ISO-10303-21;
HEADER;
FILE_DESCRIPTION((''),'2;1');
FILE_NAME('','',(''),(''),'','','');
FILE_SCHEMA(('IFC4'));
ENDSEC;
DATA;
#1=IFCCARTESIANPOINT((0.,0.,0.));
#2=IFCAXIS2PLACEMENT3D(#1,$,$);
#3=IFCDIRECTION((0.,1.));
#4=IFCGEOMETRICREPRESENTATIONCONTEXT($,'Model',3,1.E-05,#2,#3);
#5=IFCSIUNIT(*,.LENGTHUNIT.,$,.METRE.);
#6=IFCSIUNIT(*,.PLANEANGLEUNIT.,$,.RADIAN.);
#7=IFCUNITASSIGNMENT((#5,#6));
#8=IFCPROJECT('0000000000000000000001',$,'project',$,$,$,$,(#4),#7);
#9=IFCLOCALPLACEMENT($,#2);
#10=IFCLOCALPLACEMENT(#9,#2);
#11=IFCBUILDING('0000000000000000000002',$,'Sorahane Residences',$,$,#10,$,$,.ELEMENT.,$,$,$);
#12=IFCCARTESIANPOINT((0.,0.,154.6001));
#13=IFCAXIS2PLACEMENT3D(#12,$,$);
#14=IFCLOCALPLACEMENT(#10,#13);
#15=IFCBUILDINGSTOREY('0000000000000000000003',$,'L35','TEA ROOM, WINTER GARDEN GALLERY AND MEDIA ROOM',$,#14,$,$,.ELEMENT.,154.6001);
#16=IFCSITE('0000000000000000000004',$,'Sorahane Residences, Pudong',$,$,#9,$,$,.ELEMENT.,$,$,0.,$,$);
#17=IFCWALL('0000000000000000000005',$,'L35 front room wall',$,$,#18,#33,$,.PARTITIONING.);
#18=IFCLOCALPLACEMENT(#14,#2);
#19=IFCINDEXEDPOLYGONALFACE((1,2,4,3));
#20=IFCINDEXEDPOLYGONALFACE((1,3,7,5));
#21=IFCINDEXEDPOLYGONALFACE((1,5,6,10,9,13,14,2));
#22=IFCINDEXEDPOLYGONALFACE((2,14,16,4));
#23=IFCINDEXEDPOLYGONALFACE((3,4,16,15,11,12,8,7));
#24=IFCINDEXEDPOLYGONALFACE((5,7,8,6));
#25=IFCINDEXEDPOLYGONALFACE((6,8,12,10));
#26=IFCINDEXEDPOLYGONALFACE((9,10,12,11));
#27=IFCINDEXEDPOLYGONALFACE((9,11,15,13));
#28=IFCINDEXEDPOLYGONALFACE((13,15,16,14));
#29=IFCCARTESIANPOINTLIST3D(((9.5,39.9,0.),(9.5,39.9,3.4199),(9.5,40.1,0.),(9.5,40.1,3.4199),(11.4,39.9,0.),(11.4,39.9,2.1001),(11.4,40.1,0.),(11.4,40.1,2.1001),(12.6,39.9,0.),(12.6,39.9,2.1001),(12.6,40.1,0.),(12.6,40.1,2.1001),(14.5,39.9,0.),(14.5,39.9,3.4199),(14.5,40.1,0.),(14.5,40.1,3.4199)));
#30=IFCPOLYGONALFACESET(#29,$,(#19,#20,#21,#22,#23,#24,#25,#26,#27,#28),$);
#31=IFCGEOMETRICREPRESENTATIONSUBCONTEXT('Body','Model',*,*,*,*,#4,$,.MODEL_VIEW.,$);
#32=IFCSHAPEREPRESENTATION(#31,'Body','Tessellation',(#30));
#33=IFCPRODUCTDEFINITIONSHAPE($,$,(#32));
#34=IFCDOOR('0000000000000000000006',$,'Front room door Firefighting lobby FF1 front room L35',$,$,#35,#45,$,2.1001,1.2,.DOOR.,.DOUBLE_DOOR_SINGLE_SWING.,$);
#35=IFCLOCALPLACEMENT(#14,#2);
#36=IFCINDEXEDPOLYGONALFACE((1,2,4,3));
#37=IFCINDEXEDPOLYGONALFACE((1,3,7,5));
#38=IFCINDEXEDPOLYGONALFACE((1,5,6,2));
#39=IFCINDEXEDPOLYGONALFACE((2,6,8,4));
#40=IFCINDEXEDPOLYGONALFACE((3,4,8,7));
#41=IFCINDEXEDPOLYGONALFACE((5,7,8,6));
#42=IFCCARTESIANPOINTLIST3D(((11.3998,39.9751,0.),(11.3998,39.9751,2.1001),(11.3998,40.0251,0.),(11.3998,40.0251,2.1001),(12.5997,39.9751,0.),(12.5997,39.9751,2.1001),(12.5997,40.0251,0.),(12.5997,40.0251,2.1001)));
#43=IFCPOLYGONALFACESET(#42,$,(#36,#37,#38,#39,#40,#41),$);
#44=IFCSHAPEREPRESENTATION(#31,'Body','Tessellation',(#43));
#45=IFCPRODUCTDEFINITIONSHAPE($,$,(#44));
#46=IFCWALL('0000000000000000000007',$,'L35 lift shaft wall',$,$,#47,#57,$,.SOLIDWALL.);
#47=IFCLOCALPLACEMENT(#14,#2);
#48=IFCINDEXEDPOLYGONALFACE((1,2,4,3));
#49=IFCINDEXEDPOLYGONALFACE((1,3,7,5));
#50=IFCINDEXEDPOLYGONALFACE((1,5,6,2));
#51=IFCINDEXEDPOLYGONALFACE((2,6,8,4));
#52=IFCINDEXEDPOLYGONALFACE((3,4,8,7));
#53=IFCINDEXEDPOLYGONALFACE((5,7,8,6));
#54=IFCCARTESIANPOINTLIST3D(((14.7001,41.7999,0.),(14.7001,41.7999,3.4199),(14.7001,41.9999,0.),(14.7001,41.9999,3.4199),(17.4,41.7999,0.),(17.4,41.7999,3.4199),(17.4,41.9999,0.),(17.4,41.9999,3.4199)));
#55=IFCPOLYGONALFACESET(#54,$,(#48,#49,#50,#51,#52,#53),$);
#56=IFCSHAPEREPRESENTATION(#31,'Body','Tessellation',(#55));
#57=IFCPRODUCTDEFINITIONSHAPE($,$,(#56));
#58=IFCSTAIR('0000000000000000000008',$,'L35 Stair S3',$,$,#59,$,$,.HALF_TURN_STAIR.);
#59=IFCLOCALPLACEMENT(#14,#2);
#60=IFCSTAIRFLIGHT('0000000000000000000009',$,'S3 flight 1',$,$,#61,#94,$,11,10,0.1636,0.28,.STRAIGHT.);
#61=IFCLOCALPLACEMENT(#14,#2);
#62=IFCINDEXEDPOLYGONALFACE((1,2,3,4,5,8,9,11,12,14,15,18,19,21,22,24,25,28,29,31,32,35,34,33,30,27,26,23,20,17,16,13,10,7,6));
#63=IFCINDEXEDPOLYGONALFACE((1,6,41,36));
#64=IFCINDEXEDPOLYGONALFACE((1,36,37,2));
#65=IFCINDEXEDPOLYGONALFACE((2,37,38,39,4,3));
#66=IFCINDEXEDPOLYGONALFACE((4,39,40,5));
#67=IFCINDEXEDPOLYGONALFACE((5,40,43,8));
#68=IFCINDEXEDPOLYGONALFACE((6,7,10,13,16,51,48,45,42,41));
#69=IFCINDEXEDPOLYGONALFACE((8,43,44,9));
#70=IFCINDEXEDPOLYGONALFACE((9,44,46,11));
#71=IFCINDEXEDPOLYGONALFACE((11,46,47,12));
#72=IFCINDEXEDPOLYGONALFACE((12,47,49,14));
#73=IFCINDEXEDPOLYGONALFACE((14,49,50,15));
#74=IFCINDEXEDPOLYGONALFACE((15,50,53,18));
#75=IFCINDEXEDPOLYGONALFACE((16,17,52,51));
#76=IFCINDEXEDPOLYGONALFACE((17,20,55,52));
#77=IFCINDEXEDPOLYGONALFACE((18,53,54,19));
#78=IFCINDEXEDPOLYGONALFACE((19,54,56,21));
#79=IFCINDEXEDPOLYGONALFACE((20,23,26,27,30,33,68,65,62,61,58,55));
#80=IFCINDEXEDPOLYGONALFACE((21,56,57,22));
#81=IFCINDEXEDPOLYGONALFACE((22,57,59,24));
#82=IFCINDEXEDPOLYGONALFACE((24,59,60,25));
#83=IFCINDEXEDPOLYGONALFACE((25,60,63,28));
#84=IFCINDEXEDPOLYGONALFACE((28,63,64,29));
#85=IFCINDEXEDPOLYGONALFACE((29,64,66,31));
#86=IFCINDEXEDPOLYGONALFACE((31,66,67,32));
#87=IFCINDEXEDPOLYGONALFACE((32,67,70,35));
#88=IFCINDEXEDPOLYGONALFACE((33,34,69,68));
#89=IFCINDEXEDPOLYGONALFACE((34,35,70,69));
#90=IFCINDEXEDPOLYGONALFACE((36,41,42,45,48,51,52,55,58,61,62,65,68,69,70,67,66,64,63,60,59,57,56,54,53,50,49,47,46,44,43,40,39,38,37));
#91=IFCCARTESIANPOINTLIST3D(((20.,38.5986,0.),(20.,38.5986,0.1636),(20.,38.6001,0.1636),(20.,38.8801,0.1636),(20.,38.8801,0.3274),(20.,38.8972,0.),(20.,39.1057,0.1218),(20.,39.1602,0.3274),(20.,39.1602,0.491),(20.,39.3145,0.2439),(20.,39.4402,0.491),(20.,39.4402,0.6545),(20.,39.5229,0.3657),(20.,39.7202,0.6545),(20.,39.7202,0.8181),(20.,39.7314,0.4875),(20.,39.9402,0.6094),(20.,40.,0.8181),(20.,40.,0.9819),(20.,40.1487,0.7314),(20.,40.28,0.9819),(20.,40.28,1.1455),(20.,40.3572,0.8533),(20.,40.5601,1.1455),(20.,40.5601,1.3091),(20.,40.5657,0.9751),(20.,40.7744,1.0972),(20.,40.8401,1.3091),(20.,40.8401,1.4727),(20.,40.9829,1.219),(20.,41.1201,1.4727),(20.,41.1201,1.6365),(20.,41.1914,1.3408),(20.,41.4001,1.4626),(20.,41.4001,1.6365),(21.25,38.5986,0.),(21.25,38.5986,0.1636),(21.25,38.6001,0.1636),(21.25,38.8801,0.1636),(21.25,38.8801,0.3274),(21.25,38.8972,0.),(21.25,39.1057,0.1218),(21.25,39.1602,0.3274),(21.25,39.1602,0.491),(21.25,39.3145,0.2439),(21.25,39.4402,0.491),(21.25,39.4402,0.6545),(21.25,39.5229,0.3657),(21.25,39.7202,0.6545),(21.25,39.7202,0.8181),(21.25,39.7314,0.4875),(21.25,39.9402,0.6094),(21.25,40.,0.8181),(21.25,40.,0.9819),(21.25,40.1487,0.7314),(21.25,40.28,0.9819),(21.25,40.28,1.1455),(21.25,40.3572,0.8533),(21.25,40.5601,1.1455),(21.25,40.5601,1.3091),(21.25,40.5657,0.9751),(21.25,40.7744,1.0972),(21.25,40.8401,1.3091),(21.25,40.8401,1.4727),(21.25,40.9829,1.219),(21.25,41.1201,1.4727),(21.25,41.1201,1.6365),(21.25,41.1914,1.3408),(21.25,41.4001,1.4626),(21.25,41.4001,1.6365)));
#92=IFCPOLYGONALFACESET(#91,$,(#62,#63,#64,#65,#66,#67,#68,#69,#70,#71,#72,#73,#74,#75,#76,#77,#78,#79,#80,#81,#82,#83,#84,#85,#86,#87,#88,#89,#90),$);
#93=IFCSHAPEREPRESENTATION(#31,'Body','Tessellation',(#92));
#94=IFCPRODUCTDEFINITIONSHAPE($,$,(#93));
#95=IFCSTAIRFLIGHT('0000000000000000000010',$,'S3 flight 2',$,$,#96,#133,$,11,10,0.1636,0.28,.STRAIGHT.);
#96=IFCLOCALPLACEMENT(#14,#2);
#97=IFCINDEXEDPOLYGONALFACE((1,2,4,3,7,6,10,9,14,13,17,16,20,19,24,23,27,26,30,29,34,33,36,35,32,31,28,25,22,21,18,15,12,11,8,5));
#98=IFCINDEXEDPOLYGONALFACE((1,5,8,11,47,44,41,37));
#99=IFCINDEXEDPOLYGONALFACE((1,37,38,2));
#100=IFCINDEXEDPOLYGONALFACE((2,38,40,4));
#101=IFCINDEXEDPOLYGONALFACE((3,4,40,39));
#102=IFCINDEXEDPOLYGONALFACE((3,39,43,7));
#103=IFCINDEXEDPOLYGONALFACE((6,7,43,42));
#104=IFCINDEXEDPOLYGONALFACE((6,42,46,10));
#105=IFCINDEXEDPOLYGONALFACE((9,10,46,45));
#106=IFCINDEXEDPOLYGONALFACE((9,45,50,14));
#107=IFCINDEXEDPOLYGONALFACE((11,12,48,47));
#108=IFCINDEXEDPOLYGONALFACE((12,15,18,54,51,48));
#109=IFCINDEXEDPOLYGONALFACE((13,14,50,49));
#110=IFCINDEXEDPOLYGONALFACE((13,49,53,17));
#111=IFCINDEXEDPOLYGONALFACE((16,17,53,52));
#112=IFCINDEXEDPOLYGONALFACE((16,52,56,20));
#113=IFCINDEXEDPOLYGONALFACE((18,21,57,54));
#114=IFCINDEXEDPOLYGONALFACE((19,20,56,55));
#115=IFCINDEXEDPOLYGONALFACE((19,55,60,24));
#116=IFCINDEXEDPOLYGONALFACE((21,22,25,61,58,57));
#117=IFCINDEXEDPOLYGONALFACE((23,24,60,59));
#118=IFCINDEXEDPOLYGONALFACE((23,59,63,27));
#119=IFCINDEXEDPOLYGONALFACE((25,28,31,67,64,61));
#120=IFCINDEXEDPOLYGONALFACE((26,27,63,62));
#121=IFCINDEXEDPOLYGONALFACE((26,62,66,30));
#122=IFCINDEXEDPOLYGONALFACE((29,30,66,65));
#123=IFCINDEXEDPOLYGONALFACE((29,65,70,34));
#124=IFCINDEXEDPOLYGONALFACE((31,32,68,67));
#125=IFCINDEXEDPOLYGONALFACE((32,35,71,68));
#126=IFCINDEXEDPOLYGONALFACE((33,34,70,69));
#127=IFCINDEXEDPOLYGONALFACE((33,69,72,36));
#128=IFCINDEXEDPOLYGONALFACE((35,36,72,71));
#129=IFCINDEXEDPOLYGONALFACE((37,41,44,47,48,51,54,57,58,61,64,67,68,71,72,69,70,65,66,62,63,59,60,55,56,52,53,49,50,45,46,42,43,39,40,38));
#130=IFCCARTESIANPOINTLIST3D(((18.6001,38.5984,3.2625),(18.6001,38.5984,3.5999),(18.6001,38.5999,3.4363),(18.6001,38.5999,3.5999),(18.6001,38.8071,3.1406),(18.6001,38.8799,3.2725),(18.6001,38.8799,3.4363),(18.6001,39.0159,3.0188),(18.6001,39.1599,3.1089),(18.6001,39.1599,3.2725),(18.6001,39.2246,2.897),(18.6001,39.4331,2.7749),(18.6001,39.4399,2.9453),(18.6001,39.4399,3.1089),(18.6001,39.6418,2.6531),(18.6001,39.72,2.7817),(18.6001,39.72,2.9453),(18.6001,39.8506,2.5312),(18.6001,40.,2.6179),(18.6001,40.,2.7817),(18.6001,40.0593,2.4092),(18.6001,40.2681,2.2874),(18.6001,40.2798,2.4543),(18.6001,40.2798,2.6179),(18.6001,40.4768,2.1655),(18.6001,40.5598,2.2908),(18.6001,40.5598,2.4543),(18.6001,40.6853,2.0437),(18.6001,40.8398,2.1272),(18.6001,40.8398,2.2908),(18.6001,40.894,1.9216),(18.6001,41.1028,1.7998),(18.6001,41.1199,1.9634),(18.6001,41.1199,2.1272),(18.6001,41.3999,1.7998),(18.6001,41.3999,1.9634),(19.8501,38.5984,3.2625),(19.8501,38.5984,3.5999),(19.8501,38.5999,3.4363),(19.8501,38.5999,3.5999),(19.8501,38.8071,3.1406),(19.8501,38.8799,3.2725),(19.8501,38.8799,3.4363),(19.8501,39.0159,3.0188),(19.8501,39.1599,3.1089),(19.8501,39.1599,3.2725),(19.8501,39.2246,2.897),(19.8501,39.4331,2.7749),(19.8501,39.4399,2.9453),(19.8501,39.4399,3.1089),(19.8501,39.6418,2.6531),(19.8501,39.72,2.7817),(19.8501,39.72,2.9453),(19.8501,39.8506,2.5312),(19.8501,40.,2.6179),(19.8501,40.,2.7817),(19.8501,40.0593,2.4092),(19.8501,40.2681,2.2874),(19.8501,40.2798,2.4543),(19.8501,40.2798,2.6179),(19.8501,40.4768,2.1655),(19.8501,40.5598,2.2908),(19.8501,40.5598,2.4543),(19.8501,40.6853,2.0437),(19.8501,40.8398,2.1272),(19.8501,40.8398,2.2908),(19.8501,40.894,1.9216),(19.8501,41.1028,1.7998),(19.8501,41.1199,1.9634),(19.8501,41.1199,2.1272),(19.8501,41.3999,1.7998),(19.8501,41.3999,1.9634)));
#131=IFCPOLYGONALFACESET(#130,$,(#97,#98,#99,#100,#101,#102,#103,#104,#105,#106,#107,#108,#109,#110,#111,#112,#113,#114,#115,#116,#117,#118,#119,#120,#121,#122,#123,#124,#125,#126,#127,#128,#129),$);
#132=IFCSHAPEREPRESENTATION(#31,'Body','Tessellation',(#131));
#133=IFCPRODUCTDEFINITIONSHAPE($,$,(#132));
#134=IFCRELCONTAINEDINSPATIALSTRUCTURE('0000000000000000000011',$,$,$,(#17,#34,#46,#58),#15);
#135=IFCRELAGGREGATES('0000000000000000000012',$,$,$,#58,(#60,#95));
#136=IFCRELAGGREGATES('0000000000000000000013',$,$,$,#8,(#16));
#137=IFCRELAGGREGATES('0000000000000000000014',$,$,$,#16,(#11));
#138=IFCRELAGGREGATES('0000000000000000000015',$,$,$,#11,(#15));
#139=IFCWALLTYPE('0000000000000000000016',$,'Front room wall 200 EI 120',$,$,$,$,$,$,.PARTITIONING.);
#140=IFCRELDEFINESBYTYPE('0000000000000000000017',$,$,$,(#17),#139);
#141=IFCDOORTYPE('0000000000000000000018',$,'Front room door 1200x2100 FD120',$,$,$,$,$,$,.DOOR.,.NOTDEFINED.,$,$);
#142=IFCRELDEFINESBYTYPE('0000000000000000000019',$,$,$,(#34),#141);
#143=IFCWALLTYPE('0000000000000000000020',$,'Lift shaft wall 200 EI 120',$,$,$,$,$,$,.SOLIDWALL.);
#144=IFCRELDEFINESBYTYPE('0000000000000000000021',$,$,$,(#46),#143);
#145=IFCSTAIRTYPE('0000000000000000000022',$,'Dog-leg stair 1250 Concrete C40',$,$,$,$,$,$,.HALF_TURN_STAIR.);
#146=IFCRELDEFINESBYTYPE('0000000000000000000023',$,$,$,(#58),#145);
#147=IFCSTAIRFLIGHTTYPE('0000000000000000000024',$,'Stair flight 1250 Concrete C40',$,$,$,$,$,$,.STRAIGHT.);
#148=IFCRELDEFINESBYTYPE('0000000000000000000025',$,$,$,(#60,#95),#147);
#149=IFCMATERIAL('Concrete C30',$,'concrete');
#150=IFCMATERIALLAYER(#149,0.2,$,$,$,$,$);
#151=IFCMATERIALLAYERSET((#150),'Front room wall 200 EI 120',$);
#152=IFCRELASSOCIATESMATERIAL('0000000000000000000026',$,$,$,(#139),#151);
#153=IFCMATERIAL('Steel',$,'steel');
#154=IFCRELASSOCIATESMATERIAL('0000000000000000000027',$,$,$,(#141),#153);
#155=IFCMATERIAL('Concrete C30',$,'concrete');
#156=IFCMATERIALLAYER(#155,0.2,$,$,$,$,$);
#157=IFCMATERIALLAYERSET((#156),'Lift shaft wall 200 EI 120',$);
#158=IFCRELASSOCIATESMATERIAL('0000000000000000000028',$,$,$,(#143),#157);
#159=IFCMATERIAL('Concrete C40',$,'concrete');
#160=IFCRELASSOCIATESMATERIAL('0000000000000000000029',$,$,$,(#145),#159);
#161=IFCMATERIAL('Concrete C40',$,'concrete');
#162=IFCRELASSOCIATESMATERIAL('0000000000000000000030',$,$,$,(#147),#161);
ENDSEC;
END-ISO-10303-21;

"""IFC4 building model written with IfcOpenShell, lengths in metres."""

from ifc_helpers import new_model, si_unit, direction, frame, frame_2d, origin, place, context, subcontext, project, spatial, polyline, rectangle, outline, extrude, material, layer, layer_set, type_object, element, fill, aggregate, save


model = new_model("IFC4")

# Units and contexts
model_context = context("Model", 3, precision=1e-05, world=origin(), true_north=direction((0.0, 1.0)))
body_context = subcontext(model_context, "Body", "Model", "MODEL_VIEW")
ifc_project = project(units=[si_unit("LENGTHUNIT", "METRE"), si_unit("PLANEANGLEUNIT", "RADIAN")], contexts=[model_context])

# Site, building, storey
site_placement = place(None, origin())
site = spatial("IfcSite", under=ifc_project, at=site_placement, Name="Sorahane Residences, Pudong", CompositionType="ELEMENT", RefElevation=0.0)
building_placement = place(site_placement, origin())
building = spatial("IfcBuilding", under=site, at=building_placement, Name="Sorahane Residences", CompositionType="ELEMENT")
storey_placement = place(building_placement, frame((0.0, 0.0, 154.6001)))
storey = spatial("IfcBuildingStorey", under=building, at=storey_placement, Name="L35", Description="TEA ROOM, WINTER GARDEN GALLERY AND MEDIA ROOM", CompositionType="ELEMENT", Elevation=154.6001)

# Wall, opening, door
ifc_material_1 = material(Name="Concrete C30", Category="concrete")
ifc_layer_1 = layer(ifc_material_1, 0.2)
ifc_layer_set_1 = layer_set([ifc_layer_1], Name="Front room wall 200 EI 120")
wall_type_1 = type_object("IfcWallType", Name="Front room wall 200 EI 120", PredefinedType="PARTITIONING", material=ifc_layer_set_1)
ifc_material_2 = material(Name="Steel", Category="steel")
door_type = type_object("IfcDoorType", Name="Front room door 1200x2100 FD120", OperationType="NOTDEFINED", PredefinedType="DOOR", material=ifc_material_2)
wall_1_placement = place(storey_placement, frame((9.5, 40.0, 0.0), z_axis=(0.0, 0.0, 1.0), x_axis=(1.0, 0.0, 0.0)))
wall_1 = element("IfcWall", 1, at=wall_1_placement, inside=storey, type_object=wall_type_1, Name="L35 front room wall", PredefinedType="PARTITIONING", context=body_context, shape_type="SweptSolid", body=[
    extrude(rectangle(XDim=5.0, YDim=0.2, at=frame_2d((2.5, 0.0))), origin(), (0.0, 0.0, 1.0), 3.4199),
])
opening_1_placement = place(wall_1_placement, frame((1.8999, 0.0, 0.0)))
opening_1 = element("IfcOpeningElement", 2, at=opening_1_placement, cuts=wall_1, PredefinedType="OPENING", context=body_context, shape_type="SweptSolid", body=[
    extrude(rectangle(XDim=1.2, YDim=2.1001, at=frame_2d((0.6001, 1.05))), frame((0.0, 0.1099, 0.0), z_axis=(0.0, -1.0, 0.0), x_axis=(1.0, 0.0, 0.0)), (0.0, 0.0, 1.0), 0.22),
])
door_1_placement = place(opening_1_placement, frame((1.2, 0.0, 0.0), z_axis=(0.0, 0.0, 1.0), x_axis=(-1.0, 0.0, 0.0)))
door_1 = element("IfcDoor", 3, at=door_1_placement, inside=storey, type_object=door_type, Name="Front room door Firefighting lobby FF1 front room L35", OperationType="DOUBLE_DOOR_SINGLE_SWING", OverallHeight=2.1001, OverallWidth=1.2, PredefinedType="DOOR", context=body_context, shape_type="SweptSolid", body=[
    extrude(rectangle(XDim=1.2, YDim=2.1001, at=frame_2d((0.6001, 1.05))), frame((0.0, 0.0249, 0.0), z_axis=(0.0, -1.0, 0.0), x_axis=(1.0, 0.0, 0.0)), (0.0, 0.0, 1.0), 0.05),
])
fill(opening_1, door_1)

# Wall
ifc_material_3 = material(Name="Concrete C30", Category="concrete")
ifc_layer_2 = layer(ifc_material_3, 0.2)
ifc_layer_set_2 = layer_set([ifc_layer_2], Name="Lift shaft wall 200 EI 120")
wall_type_2 = type_object("IfcWallType", Name="Lift shaft wall 200 EI 120", PredefinedType="SOLIDWALL", material=ifc_layer_set_2)
wall_2_placement = place(storey_placement, frame((14.7, 41.8999, 0.0), z_axis=(0.0, 0.0, 1.0), x_axis=(1.0, 0.0, 0.0)))
element("IfcWall", 4, at=wall_2_placement, inside=storey, type_object=wall_type_2, Name="L35 lift shaft wall", PredefinedType="SOLIDWALL", context=body_context, shape_type="SweptSolid", body=[
    extrude(rectangle(XDim=2.7, YDim=0.2, at=frame_2d((1.3501, 0.0))), origin(), (0.0, 0.0, 1.0), 3.4199),
])

# Stair, stair flights
ifc_material_4 = material(Name="Concrete C40", Category="concrete")
stair_type = type_object("IfcStairType", Name="Dog-leg stair 1250 Concrete C40", PredefinedType="HALF_TURN_STAIR", material=ifc_material_4)
stair_placement = place(storey_placement, origin())
stair = element("IfcStair", 5, at=stair_placement, inside=storey, type_object=stair_type, Name="L35 Stair S3", PredefinedType="HALF_TURN_STAIR")
ifc_material_5 = material(Name="Concrete C40", Category="concrete")
stair_flight_type = type_object("IfcStairFlightType", Name="Stair flight 1250 Concrete C40", PredefinedType="STRAIGHT", material=ifc_material_5)
stair_flight_1_placement = place(storey_placement, frame((20.625, 38.6001, 0.0), z_axis=(0.0, 0.0, 1.0), x_axis=(0.0, 1.0, 0.0)))
stair_flight_1 = element("IfcStairFlight", 6, at=stair_flight_1_placement, type_object=stair_flight_type, Name="S3 flight 1", NumberOfRisers=11, NumberOfTreads=10, PredefinedType="STRAIGHT", RiserHeight=0.1636, TreadLength=0.28, context=body_context, shape_type="SweptSolid", body=[
    extrude(outline(polyline([(-0.0015, 0.0), (-0.0015, 0.1636), (0.0, 0.1636), (0.28, 0.1636), (0.28, 0.3274), (0.5601, 0.3274), (0.5601, 0.491), (0.8401, 0.491), (0.8401, 0.6545), (1.1201, 0.6545), (1.1201, 0.8181), (1.3999, 0.8181), (1.3999, 0.9819), (1.6799, 0.9819), (1.6799, 1.1455), (1.96, 1.1455), (1.96, 1.3091), (2.24, 1.3091), (2.24, 1.4727), (2.52, 1.4727), (2.52, 1.6365), (2.8, 1.6365), (2.8, 1.8), (2.8, 1.4626), (2.5913, 1.3408), (2.3828, 1.219), (2.1743, 1.0972), (1.9656, 0.9751), (1.7571, 0.8533), (1.5486, 0.7314), (1.3401, 0.6094), (1.1313, 0.4875), (0.9229, 0.3657), (0.7144, 0.2439), (0.5056, 0.1218), (0.2971, 0.0), (-0.0015, 0.0)])), frame((0.0, 0.625, 0.0), z_axis=(0.0, -1.0, 0.0), x_axis=(1.0, 0.0, 0.0)), (0.0, 0.0, 1.0), 1.25),
])
stair_flight_2_placement = place(storey_placement, frame((19.2251, 41.3999, 1.7998), z_axis=(0.0, 0.0, 1.0), x_axis=(0.0, -1.0, 0.0)))
stair_flight_2 = element("IfcStairFlight", 7, at=stair_flight_2_placement, type_object=stair_flight_type, Name="S3 flight 2", NumberOfRisers=11, NumberOfTreads=10, PredefinedType="STRAIGHT", RiserHeight=0.1636, TreadLength=0.28, context=body_context, shape_type="SweptSolid", body=[
    extrude(outline(polyline([(0.0, 0.0), (0.0, 0.1636), (0.28, 0.1636), (0.28, 0.3274), (0.5601, 0.3274), (0.5601, 0.491), (0.8401, 0.491), (0.8401, 0.6545), (1.1201, 0.6545), (1.1201, 0.8181), (1.3999, 0.8181), (1.3999, 0.9819), (1.6799, 0.9819), (1.6799, 1.1455), (1.96, 1.1455), (1.96, 1.3091), (2.24, 1.3091), (2.24, 1.4727), (2.52, 1.4727), (2.52, 1.6365), (2.8, 1.6365), (2.8, 1.8), (2.8015, 1.8), (2.8015, 1.4626), (2.5928, 1.3408), (2.384, 1.219), (2.1753, 1.0972), (1.9668, 0.9751), (1.7581, 0.8533), (1.5493, 0.7314), (1.3406, 0.6094), (1.1318, 0.4875), (0.9231, 0.3657), (0.7146, 0.2439), (0.5059, 0.1218), (0.2971, 0.0), (0.0, 0.0)])), frame((0.0, 0.625, 0.0), z_axis=(0.0, -1.0, 0.0), x_axis=(1.0, 0.0, 0.0)), (0.0, 0.0, 1.0), 1.25),
])
aggregate(stair, [stair_flight_1, stair_flight_2])

save(model, "model.ifc")
